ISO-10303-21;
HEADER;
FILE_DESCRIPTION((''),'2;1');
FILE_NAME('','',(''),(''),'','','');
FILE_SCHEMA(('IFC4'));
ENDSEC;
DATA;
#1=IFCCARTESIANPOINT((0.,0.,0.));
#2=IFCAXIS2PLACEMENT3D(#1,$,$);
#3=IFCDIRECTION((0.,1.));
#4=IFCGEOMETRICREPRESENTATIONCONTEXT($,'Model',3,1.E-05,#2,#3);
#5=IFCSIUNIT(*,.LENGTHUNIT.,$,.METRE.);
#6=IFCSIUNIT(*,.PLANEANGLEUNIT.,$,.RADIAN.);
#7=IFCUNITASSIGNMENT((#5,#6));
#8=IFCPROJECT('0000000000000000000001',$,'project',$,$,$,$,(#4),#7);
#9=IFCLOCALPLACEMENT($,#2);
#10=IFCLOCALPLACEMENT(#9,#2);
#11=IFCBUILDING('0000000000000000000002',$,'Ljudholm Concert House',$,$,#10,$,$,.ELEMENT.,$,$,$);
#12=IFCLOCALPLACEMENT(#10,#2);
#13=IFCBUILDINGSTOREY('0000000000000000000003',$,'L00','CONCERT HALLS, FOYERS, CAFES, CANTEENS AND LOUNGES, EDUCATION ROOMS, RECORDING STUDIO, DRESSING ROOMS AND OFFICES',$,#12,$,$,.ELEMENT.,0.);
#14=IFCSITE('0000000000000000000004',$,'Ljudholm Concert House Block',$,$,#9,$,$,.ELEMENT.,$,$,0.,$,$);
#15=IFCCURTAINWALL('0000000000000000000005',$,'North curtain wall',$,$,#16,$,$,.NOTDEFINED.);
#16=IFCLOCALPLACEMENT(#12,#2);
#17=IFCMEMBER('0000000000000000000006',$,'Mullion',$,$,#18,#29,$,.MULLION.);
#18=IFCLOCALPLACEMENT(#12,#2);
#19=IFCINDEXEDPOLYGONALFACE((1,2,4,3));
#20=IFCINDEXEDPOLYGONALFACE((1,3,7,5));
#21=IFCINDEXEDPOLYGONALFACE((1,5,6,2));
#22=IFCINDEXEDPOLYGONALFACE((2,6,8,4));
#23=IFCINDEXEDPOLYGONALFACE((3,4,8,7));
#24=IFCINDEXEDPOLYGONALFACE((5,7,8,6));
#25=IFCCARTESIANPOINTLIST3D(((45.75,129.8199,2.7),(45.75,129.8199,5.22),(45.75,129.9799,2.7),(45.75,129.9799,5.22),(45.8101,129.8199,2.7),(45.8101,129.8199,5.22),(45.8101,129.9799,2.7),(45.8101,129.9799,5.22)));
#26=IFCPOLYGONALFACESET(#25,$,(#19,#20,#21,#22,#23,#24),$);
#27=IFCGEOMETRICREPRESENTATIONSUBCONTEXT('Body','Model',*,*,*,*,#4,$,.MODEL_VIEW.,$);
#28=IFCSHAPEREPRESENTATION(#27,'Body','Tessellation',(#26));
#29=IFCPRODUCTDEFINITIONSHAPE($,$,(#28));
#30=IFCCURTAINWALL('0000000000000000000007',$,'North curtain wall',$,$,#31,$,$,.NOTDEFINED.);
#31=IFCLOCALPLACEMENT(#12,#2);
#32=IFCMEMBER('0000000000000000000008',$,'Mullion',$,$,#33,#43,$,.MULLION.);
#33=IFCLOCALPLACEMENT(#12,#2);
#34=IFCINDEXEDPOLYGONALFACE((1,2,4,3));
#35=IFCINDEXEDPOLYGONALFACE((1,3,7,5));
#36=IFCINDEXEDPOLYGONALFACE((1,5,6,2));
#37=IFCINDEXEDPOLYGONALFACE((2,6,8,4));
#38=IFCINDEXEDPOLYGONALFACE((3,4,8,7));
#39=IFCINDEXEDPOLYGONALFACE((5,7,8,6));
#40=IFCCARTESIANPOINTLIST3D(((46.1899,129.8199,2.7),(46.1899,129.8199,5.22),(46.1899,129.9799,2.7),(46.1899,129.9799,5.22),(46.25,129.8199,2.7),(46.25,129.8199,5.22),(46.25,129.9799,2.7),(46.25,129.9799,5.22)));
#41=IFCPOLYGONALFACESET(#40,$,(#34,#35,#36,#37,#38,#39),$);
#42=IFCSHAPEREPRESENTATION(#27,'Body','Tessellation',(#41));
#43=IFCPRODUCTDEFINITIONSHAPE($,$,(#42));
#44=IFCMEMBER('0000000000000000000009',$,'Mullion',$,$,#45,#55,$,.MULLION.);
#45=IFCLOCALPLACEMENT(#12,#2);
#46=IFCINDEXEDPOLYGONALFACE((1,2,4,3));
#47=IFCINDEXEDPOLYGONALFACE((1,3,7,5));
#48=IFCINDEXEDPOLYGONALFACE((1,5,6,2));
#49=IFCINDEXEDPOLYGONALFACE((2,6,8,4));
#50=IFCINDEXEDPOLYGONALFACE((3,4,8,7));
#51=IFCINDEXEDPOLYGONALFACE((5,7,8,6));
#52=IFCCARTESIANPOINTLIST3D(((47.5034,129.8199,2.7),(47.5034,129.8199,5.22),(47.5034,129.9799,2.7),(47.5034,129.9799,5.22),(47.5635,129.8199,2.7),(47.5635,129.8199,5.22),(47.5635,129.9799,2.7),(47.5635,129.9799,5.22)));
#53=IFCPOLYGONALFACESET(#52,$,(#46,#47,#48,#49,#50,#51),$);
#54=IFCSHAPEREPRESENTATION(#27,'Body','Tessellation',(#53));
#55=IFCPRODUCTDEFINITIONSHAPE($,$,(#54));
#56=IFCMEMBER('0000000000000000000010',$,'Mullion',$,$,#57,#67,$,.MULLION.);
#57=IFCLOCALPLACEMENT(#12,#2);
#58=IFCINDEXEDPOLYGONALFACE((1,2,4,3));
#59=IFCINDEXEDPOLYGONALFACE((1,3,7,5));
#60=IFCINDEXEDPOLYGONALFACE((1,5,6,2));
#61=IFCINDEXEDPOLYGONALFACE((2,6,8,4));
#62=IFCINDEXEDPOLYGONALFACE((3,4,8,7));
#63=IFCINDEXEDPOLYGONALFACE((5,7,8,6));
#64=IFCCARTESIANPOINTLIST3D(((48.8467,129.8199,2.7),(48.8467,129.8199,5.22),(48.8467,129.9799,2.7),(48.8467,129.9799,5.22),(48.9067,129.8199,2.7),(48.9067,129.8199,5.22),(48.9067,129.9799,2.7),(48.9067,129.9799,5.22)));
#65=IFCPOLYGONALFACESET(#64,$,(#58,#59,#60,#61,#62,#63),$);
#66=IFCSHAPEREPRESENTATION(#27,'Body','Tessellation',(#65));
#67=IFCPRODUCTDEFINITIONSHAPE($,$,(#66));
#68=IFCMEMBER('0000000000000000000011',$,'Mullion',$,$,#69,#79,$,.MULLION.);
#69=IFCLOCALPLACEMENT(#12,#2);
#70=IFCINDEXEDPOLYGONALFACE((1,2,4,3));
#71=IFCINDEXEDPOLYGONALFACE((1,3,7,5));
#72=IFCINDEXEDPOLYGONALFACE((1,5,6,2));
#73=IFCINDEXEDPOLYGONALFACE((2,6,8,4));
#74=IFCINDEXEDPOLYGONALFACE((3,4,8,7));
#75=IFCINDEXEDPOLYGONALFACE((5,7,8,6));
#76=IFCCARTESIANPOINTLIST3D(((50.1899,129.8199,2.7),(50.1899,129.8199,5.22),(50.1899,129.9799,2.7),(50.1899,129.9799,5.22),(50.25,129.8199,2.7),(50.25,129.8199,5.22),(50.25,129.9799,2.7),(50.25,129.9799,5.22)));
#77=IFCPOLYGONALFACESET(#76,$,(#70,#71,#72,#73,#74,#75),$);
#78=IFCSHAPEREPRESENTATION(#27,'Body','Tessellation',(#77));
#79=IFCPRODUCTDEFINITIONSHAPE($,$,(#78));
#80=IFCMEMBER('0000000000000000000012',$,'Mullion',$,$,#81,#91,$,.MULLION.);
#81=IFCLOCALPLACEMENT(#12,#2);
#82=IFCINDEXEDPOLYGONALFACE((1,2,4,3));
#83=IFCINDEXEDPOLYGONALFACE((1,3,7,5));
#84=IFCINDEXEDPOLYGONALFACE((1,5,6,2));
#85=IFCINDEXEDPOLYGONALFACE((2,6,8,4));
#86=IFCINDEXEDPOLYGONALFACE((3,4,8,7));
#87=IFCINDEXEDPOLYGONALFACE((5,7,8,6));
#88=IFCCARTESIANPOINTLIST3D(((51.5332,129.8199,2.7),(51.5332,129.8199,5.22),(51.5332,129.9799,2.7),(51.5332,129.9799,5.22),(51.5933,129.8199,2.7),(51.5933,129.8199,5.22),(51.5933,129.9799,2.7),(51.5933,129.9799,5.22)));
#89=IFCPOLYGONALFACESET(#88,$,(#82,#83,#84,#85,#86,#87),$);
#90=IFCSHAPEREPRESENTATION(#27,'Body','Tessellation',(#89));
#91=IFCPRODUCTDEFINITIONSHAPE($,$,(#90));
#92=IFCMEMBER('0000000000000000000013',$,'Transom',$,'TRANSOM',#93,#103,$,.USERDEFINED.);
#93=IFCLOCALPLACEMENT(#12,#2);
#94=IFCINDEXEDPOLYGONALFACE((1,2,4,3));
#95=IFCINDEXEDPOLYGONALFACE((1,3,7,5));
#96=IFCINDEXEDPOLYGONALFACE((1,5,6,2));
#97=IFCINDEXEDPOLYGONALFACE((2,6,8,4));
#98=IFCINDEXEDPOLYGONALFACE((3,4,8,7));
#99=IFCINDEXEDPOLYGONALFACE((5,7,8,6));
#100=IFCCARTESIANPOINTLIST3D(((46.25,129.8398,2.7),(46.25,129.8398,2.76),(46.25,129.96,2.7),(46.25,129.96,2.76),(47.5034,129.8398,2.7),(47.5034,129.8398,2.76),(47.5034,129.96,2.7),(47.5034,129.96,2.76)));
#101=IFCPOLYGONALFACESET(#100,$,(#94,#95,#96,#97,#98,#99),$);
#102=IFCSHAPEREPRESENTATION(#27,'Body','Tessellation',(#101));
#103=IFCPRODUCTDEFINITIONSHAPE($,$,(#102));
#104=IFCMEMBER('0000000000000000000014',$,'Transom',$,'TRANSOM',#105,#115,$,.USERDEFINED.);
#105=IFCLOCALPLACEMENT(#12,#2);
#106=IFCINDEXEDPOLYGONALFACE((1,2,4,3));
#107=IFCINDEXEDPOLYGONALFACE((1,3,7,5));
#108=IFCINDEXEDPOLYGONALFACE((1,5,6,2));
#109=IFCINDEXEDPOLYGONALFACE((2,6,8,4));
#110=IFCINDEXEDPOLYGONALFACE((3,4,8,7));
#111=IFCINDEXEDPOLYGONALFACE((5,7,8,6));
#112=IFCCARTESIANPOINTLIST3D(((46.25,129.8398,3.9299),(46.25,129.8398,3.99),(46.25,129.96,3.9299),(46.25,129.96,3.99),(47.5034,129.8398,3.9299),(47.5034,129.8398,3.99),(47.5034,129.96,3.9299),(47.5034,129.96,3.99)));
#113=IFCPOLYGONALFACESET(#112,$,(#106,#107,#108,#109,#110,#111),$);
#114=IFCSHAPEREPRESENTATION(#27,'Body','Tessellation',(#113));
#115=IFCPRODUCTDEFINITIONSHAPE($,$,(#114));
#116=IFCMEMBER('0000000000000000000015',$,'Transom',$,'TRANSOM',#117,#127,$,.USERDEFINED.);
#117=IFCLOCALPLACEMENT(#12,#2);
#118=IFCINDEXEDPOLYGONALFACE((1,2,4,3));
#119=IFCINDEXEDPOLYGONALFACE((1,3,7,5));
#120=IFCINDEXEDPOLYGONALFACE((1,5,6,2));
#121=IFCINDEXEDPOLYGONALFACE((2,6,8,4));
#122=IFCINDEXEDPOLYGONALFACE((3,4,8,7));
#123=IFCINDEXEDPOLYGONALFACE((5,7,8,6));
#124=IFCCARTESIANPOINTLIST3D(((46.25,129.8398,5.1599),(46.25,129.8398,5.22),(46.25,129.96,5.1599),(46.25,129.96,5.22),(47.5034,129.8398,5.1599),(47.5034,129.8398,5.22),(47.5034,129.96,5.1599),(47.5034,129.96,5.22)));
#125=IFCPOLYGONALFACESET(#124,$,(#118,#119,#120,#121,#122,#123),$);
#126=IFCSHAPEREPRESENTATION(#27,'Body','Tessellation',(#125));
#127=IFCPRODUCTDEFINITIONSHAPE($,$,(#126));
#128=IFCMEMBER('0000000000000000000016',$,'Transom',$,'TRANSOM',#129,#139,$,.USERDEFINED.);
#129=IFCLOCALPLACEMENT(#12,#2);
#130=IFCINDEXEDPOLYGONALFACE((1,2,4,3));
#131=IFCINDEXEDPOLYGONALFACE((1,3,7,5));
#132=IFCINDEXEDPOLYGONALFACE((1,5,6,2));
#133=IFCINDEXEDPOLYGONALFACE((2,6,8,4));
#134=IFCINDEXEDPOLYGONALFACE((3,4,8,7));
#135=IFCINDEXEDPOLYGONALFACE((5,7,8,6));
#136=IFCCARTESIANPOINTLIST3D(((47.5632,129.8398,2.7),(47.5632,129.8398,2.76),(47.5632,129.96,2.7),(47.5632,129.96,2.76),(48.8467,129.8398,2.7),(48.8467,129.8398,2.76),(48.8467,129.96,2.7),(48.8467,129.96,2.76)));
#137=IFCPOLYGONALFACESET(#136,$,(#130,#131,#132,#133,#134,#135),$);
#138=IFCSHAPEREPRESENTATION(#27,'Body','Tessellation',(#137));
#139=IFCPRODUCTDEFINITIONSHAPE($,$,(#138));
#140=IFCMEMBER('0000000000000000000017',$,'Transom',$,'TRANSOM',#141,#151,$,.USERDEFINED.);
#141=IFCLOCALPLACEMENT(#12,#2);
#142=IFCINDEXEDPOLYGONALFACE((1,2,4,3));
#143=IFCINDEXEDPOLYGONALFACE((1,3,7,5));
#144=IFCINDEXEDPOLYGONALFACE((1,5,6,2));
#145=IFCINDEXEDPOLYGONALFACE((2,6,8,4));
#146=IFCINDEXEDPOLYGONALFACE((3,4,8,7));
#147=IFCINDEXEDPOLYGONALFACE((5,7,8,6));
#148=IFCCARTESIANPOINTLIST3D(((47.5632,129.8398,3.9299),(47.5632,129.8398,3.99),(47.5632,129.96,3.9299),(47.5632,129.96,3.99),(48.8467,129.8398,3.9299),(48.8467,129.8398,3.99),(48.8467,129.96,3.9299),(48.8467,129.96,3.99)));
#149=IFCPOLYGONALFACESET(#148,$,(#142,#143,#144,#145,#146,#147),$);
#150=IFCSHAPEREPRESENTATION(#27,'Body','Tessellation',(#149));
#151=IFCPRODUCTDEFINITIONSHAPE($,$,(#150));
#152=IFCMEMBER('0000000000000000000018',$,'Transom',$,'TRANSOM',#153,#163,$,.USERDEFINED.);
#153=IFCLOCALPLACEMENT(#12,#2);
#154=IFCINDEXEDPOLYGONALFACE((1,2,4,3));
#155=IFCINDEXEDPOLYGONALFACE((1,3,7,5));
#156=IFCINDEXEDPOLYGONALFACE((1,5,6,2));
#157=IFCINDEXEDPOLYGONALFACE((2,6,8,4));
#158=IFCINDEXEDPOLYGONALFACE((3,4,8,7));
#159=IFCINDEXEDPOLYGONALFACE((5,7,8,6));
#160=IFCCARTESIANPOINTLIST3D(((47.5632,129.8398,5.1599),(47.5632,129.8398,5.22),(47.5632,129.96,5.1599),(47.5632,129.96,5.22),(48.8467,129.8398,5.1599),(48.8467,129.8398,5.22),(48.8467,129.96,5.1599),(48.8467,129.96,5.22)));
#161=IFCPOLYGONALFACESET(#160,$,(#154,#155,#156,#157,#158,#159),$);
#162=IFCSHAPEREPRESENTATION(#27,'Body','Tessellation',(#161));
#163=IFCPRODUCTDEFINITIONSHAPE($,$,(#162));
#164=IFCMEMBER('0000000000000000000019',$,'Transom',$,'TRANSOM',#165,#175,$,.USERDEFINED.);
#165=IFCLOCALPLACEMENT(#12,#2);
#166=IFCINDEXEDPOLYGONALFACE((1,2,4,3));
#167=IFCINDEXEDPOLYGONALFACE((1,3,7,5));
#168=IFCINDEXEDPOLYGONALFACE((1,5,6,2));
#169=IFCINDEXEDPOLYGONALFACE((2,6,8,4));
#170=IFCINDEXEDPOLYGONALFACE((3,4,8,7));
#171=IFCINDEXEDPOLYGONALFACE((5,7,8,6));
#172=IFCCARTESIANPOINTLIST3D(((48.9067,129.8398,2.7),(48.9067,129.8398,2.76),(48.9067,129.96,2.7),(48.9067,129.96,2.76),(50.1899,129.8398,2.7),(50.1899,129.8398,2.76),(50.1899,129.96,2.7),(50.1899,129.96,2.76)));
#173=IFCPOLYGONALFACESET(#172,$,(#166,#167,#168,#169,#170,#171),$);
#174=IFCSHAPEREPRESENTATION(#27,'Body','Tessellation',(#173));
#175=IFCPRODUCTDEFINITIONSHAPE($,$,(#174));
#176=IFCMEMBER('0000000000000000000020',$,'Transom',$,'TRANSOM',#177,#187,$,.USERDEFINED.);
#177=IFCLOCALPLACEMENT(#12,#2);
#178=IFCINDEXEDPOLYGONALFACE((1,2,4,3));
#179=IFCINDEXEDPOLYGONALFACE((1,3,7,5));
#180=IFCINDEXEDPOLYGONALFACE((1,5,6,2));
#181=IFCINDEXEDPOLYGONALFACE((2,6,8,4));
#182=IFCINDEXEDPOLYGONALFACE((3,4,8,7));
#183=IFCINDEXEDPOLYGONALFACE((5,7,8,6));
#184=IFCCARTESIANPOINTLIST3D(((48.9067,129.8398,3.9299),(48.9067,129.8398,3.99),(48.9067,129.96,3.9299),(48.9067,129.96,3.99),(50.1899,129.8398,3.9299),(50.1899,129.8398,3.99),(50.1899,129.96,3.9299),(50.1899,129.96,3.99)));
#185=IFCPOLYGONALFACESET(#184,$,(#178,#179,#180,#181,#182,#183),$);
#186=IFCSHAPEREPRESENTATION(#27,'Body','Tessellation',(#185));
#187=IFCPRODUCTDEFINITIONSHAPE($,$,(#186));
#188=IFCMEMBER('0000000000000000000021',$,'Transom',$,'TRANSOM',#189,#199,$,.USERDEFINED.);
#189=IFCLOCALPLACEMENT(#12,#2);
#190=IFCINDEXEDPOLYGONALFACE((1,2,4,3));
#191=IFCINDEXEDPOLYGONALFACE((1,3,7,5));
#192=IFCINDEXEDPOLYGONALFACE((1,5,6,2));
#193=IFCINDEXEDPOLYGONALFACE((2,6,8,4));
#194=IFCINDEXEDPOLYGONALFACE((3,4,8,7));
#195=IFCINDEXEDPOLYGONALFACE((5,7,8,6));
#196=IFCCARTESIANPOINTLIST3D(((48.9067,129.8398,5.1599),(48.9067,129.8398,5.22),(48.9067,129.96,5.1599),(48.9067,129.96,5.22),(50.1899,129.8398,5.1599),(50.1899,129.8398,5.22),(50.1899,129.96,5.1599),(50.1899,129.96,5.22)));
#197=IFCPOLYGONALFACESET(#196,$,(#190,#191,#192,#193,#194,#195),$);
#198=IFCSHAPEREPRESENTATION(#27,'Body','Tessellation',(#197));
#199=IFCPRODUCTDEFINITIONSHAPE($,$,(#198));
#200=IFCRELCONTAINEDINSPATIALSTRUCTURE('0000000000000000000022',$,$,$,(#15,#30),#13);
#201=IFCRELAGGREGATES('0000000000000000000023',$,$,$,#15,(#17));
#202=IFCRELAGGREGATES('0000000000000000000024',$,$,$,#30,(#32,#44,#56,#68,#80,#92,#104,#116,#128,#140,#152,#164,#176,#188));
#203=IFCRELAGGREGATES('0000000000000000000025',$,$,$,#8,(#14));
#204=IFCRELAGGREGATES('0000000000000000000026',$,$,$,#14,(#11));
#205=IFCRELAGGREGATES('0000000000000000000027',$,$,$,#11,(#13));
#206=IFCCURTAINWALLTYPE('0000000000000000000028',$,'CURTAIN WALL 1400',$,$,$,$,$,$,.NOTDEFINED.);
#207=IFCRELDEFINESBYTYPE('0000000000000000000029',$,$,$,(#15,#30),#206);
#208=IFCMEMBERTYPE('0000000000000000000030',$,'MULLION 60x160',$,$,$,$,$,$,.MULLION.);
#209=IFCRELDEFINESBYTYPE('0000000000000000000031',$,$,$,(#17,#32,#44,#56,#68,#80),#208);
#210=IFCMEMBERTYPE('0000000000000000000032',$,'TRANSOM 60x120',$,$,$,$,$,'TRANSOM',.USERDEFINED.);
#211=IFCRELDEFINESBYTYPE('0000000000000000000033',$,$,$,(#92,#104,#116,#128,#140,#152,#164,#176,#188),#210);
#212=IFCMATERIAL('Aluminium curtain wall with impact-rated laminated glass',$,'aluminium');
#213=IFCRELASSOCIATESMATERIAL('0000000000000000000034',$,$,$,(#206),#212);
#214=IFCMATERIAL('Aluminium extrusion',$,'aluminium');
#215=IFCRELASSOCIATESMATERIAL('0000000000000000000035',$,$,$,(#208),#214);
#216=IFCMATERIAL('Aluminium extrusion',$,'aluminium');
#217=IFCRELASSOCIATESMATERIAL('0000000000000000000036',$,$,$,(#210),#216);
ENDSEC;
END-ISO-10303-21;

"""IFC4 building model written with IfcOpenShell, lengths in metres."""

from ifc_helpers import new_model, si_unit, direction, frame, origin, origin_2d, place, context, subcontext, project, spatial, rectangle, extrude, material, material_profile, profile_set, type_object, element, aggregate, save


model = new_model("IFC4")

# Units and contexts
model_context = context("Model", 3, precision=1e-05, world=origin(), true_north=direction((0.0, 1.0)))
body_context = subcontext(model_context, "Body", "Model", "MODEL_VIEW")
ifc_project = project(units=[si_unit("LENGTHUNIT", "METRE"), si_unit("PLANEANGLEUNIT", "RADIAN")], contexts=[model_context])

# Site, building, storey
site_placement = place(None, origin())
site = spatial("IfcSite", under=ifc_project, at=site_placement, Name="Ljudholm Concert House Block", CompositionType="ELEMENT", RefElevation=0.0)
building_placement = place(site_placement, origin())
building = spatial("IfcBuilding", under=site, at=building_placement, Name="Ljudholm Concert House", CompositionType="ELEMENT")
storey_placement = place(building_placement, origin())
storey = spatial("IfcBuildingStorey", under=building, at=storey_placement, Name="L00", Description="CONCERT HALLS, FOYERS, CAFES, CANTEENS AND LOUNGES, EDUCATION ROOMS, RECORDING STUDIO, DRESSING ROOMS AND OFFICES", CompositionType="ELEMENT", Elevation=0.0)

# Curtain wall, member
ifc_material_1 = material(Name="Aluminium curtain wall with impact-rated laminated glass", Category="aluminium")
curtain_wall_type = type_object("IfcCurtainWallType", Name="CURTAIN WALL 1400", PredefinedType="NOTDEFINED", material=ifc_material_1)
curtain_wall_1_placement = place(storey_placement, origin())
curtain_wall_1 = element("IfcCurtainWall", 1, at=curtain_wall_1_placement, inside=storey, type_object=curtain_wall_type, Name="North curtain wall", PredefinedType="NOTDEFINED")
ifc_material_2 = material(Name="Aluminium extrusion", Category="aluminium")
ifc_material_profile_1 = material_profile(ifc_material_2, rectangle(XDim=0.1599, YDim=0.0601, at=origin_2d()), Name="MULLION 60x160")
ifc_profile_set_1 = profile_set([ifc_material_profile_1], Name="Aluminium extrusion")
member_type_1 = type_object("IfcMemberType", Name="MULLION 60x160", PredefinedType="MULLION", material=ifc_profile_set_1)
member_1_placement = place(storey_placement, frame((45.78, 129.8999, 2.7), z_axis=(0.0, 0.0, 1.0), x_axis=(0.0, 1.0, 0.0)))
member_1 = element("IfcMember", 2, at=member_1_placement, type_object=member_type_1, Name="Mullion", PredefinedType="MULLION", context=body_context, shape_type="SweptSolid", body=[
    extrude(rectangle(XDim=0.1599, YDim=0.0601, at=origin_2d()), origin(), (0.0, 0.0, 1.0), 2.52),
])
aggregate(curtain_wall_1, [member_1])

# Curtain wall, members
curtain_wall_2_placement = place(storey_placement, origin())
curtain_wall_2 = element("IfcCurtainWall", 3, at=curtain_wall_2_placement, inside=storey, type_object=curtain_wall_type, Name="North curtain wall", PredefinedType="NOTDEFINED")
member_2_placement = place(storey_placement, frame((46.22, 129.8999, 2.7), z_axis=(0.0, 0.0, 1.0), x_axis=(0.0, 1.0, 0.0)))
member_2 = element("IfcMember", 4, at=member_2_placement, type_object=member_type_1, Name="Mullion", PredefinedType="MULLION", context=body_context, shape_type="SweptSolid", body=[
    extrude(rectangle(XDim=0.1599, YDim=0.0601, at=origin_2d()), origin(), (0.0, 0.0, 1.0), 2.52),
])
member_3_placement = place(storey_placement, frame((47.5334, 129.8999, 2.7), z_axis=(0.0, 0.0, 1.0), x_axis=(0.0, 1.0, 0.0)))
member_3 = element("IfcMember", 5, at=member_3_placement, type_object=member_type_1, Name="Mullion", PredefinedType="MULLION", context=body_context, shape_type="SweptSolid", body=[
    extrude(rectangle(XDim=0.1599, YDim=0.0601, at=origin_2d()), origin(), (0.0, 0.0, 1.0), 2.52),
])
member_4_placement = place(storey_placement, frame((48.8767, 129.8999, 2.7), z_axis=(0.0, 0.0, 1.0), x_axis=(0.0, 1.0, 0.0)))
member_4 = element("IfcMember", 6, at=member_4_placement, type_object=member_type_1, Name="Mullion", PredefinedType="MULLION", context=body_context, shape_type="SweptSolid", body=[
    extrude(rectangle(XDim=0.1599, YDim=0.0601, at=origin_2d()), origin(), (0.0, 0.0, 1.0), 2.52),
])
member_5_placement = place(storey_placement, frame((50.22, 129.8999, 2.7), z_axis=(0.0, 0.0, 1.0), x_axis=(0.0, 1.0, 0.0)))
member_5 = element("IfcMember", 7, at=member_5_placement, type_object=member_type_1, Name="Mullion", PredefinedType="MULLION", context=body_context, shape_type="SweptSolid", body=[
    extrude(rectangle(XDim=0.1599, YDim=0.0601, at=origin_2d()), origin(), (0.0, 0.0, 1.0), 2.52),
])
member_6_placement = place(storey_placement, frame((51.5632, 129.8999, 2.7), z_axis=(0.0, 0.0, 1.0), x_axis=(0.0, 1.0, 0.0)))
member_6 = element("IfcMember", 8, at=member_6_placement, type_object=member_type_1, Name="Mullion", PredefinedType="MULLION", context=body_context, shape_type="SweptSolid", body=[
    extrude(rectangle(XDim=0.1599, YDim=0.0601, at=origin_2d()), origin(), (0.0, 0.0, 1.0), 2.52),
])
ifc_material_3 = material(Name="Aluminium extrusion", Category="aluminium")
ifc_material_profile_2 = material_profile(ifc_material_3, rectangle(XDim=0.1201, YDim=0.0601, at=origin_2d()), Name="TRANSOM 60x120")
ifc_profile_set_2 = profile_set([ifc_material_profile_2], Name="Aluminium extrusion")
member_type_2 = type_object("IfcMemberType", Name="TRANSOM 60x120", ElementType="TRANSOM", PredefinedType="USERDEFINED", material=ifc_profile_set_2)
member_7_placement = place(storey_placement, frame((46.25, 129.8999, 2.73), z_axis=(1.0, 0.0, 0.0), x_axis=(0.0, 1.0, 0.0)))
member_7 = element("IfcMember", 9, at=member_7_placement, type_object=member_type_2, Name="Transom", ObjectType="TRANSOM", PredefinedType="USERDEFINED", context=body_context, shape_type="SweptSolid", body=[
    extrude(rectangle(XDim=0.1201, YDim=0.0601, at=origin_2d()), origin(), (0.0, 0.0, 1.0), 1.2534),
])
member_8_placement = place(storey_placement, frame((46.25, 129.8999, 3.96), z_axis=(1.0, 0.0, 0.0), x_axis=(0.0, 1.0, 0.0)))
member_8 = element("IfcMember", 10, at=member_8_placement, type_object=member_type_2, Name="Transom", ObjectType="TRANSOM", PredefinedType="USERDEFINED", context=body_context, shape_type="SweptSolid", body=[
    extrude(rectangle(XDim=0.1201, YDim=0.0601, at=origin_2d()), origin(), (0.0, 0.0, 1.0), 1.2534),
])
member_9_placement = place(storey_placement, frame((46.25, 129.8999, 5.1899), z_axis=(1.0, 0.0, 0.0), x_axis=(0.0, 1.0, 0.0)))
member_9 = element("IfcMember", 11, at=member_9_placement, type_object=member_type_2, Name="Transom", ObjectType="TRANSOM", PredefinedType="USERDEFINED", context=body_context, shape_type="SweptSolid", body=[
    extrude(rectangle(XDim=0.1201, YDim=0.0601, at=origin_2d()), origin(), (0.0, 0.0, 1.0), 1.2534),
])
member_10_placement = place(storey_placement, frame((47.5632, 129.8999, 2.73), z_axis=(1.0, 0.0, 0.0), x_axis=(0.0, 1.0, 0.0)))
member_10 = element("IfcMember", 12, at=member_10_placement, type_object=member_type_2, Name="Transom", ObjectType="TRANSOM", PredefinedType="USERDEFINED", context=body_context, shape_type="SweptSolid", body=[
    extrude(rectangle(XDim=0.1201, YDim=0.0601, at=origin_2d()), origin(), (0.0, 0.0, 1.0), 1.2834),
])
member_11_placement = place(storey_placement, frame((47.5632, 129.8999, 3.96), z_axis=(1.0, 0.0, 0.0), x_axis=(0.0, 1.0, 0.0)))
member_11 = element("IfcMember", 13, at=member_11_placement, type_object=member_type_2, Name="Transom", ObjectType="TRANSOM", PredefinedType="USERDEFINED", context=body_context, shape_type="SweptSolid", body=[
    extrude(rectangle(XDim=0.1201, YDim=0.0601, at=origin_2d()), origin(), (0.0, 0.0, 1.0), 1.2834),
])
member_12_placement = place(storey_placement, frame((47.5632, 129.8999, 5.1899), z_axis=(1.0, 0.0, 0.0), x_axis=(0.0, 1.0, 0.0)))
member_12 = element("IfcMember", 14, at=member_12_placement, type_object=member_type_2, Name="Transom", ObjectType="TRANSOM", PredefinedType="USERDEFINED", context=body_context, shape_type="SweptSolid", body=[
    extrude(rectangle(XDim=0.1201, YDim=0.0601, at=origin_2d()), origin(), (0.0, 0.0, 1.0), 1.2834),
])
member_13_placement = place(storey_placement, frame((48.9067, 129.8999, 2.73), z_axis=(1.0, 0.0, 0.0), x_axis=(0.0, 1.0, 0.0)))
member_13 = element("IfcMember", 15, at=member_13_placement, type_object=member_type_2, Name="Transom", ObjectType="TRANSOM", PredefinedType="USERDEFINED", context=body_context, shape_type="SweptSolid", body=[
    extrude(rectangle(XDim=0.1201, YDim=0.0601, at=origin_2d()), origin(), (0.0, 0.0, 1.0), 1.2832),
])
member_14_placement = place(storey_placement, frame((48.9067, 129.8999, 3.96), z_axis=(1.0, 0.0, 0.0), x_axis=(0.0, 1.0, 0.0)))
member_14 = element("IfcMember", 16, at=member_14_placement, type_object=member_type_2, Name="Transom", ObjectType="TRANSOM", PredefinedType="USERDEFINED", context=body_context, shape_type="SweptSolid", body=[
    extrude(rectangle(XDim=0.1201, YDim=0.0601, at=origin_2d()), origin(), (0.0, 0.0, 1.0), 1.2832),
])
member_15_placement = place(storey_placement, frame((48.9067, 129.8999, 5.1899), z_axis=(1.0, 0.0, 0.0), x_axis=(0.0, 1.0, 0.0)))
member_15 = element("IfcMember", 17, at=member_15_placement, type_object=member_type_2, Name="Transom", ObjectType="TRANSOM", PredefinedType="USERDEFINED", context=body_context, shape_type="SweptSolid", body=[
    extrude(rectangle(XDim=0.1201, YDim=0.0601, at=origin_2d()), origin(), (0.0, 0.0, 1.0), 1.2832),
])
aggregate(curtain_wall_2, [member_2, member_3, member_4, member_5, member_6, member_7, member_8, member_9, member_10, member_11, member_12, member_13, member_14, member_15])

save(model, "model.ifc")
